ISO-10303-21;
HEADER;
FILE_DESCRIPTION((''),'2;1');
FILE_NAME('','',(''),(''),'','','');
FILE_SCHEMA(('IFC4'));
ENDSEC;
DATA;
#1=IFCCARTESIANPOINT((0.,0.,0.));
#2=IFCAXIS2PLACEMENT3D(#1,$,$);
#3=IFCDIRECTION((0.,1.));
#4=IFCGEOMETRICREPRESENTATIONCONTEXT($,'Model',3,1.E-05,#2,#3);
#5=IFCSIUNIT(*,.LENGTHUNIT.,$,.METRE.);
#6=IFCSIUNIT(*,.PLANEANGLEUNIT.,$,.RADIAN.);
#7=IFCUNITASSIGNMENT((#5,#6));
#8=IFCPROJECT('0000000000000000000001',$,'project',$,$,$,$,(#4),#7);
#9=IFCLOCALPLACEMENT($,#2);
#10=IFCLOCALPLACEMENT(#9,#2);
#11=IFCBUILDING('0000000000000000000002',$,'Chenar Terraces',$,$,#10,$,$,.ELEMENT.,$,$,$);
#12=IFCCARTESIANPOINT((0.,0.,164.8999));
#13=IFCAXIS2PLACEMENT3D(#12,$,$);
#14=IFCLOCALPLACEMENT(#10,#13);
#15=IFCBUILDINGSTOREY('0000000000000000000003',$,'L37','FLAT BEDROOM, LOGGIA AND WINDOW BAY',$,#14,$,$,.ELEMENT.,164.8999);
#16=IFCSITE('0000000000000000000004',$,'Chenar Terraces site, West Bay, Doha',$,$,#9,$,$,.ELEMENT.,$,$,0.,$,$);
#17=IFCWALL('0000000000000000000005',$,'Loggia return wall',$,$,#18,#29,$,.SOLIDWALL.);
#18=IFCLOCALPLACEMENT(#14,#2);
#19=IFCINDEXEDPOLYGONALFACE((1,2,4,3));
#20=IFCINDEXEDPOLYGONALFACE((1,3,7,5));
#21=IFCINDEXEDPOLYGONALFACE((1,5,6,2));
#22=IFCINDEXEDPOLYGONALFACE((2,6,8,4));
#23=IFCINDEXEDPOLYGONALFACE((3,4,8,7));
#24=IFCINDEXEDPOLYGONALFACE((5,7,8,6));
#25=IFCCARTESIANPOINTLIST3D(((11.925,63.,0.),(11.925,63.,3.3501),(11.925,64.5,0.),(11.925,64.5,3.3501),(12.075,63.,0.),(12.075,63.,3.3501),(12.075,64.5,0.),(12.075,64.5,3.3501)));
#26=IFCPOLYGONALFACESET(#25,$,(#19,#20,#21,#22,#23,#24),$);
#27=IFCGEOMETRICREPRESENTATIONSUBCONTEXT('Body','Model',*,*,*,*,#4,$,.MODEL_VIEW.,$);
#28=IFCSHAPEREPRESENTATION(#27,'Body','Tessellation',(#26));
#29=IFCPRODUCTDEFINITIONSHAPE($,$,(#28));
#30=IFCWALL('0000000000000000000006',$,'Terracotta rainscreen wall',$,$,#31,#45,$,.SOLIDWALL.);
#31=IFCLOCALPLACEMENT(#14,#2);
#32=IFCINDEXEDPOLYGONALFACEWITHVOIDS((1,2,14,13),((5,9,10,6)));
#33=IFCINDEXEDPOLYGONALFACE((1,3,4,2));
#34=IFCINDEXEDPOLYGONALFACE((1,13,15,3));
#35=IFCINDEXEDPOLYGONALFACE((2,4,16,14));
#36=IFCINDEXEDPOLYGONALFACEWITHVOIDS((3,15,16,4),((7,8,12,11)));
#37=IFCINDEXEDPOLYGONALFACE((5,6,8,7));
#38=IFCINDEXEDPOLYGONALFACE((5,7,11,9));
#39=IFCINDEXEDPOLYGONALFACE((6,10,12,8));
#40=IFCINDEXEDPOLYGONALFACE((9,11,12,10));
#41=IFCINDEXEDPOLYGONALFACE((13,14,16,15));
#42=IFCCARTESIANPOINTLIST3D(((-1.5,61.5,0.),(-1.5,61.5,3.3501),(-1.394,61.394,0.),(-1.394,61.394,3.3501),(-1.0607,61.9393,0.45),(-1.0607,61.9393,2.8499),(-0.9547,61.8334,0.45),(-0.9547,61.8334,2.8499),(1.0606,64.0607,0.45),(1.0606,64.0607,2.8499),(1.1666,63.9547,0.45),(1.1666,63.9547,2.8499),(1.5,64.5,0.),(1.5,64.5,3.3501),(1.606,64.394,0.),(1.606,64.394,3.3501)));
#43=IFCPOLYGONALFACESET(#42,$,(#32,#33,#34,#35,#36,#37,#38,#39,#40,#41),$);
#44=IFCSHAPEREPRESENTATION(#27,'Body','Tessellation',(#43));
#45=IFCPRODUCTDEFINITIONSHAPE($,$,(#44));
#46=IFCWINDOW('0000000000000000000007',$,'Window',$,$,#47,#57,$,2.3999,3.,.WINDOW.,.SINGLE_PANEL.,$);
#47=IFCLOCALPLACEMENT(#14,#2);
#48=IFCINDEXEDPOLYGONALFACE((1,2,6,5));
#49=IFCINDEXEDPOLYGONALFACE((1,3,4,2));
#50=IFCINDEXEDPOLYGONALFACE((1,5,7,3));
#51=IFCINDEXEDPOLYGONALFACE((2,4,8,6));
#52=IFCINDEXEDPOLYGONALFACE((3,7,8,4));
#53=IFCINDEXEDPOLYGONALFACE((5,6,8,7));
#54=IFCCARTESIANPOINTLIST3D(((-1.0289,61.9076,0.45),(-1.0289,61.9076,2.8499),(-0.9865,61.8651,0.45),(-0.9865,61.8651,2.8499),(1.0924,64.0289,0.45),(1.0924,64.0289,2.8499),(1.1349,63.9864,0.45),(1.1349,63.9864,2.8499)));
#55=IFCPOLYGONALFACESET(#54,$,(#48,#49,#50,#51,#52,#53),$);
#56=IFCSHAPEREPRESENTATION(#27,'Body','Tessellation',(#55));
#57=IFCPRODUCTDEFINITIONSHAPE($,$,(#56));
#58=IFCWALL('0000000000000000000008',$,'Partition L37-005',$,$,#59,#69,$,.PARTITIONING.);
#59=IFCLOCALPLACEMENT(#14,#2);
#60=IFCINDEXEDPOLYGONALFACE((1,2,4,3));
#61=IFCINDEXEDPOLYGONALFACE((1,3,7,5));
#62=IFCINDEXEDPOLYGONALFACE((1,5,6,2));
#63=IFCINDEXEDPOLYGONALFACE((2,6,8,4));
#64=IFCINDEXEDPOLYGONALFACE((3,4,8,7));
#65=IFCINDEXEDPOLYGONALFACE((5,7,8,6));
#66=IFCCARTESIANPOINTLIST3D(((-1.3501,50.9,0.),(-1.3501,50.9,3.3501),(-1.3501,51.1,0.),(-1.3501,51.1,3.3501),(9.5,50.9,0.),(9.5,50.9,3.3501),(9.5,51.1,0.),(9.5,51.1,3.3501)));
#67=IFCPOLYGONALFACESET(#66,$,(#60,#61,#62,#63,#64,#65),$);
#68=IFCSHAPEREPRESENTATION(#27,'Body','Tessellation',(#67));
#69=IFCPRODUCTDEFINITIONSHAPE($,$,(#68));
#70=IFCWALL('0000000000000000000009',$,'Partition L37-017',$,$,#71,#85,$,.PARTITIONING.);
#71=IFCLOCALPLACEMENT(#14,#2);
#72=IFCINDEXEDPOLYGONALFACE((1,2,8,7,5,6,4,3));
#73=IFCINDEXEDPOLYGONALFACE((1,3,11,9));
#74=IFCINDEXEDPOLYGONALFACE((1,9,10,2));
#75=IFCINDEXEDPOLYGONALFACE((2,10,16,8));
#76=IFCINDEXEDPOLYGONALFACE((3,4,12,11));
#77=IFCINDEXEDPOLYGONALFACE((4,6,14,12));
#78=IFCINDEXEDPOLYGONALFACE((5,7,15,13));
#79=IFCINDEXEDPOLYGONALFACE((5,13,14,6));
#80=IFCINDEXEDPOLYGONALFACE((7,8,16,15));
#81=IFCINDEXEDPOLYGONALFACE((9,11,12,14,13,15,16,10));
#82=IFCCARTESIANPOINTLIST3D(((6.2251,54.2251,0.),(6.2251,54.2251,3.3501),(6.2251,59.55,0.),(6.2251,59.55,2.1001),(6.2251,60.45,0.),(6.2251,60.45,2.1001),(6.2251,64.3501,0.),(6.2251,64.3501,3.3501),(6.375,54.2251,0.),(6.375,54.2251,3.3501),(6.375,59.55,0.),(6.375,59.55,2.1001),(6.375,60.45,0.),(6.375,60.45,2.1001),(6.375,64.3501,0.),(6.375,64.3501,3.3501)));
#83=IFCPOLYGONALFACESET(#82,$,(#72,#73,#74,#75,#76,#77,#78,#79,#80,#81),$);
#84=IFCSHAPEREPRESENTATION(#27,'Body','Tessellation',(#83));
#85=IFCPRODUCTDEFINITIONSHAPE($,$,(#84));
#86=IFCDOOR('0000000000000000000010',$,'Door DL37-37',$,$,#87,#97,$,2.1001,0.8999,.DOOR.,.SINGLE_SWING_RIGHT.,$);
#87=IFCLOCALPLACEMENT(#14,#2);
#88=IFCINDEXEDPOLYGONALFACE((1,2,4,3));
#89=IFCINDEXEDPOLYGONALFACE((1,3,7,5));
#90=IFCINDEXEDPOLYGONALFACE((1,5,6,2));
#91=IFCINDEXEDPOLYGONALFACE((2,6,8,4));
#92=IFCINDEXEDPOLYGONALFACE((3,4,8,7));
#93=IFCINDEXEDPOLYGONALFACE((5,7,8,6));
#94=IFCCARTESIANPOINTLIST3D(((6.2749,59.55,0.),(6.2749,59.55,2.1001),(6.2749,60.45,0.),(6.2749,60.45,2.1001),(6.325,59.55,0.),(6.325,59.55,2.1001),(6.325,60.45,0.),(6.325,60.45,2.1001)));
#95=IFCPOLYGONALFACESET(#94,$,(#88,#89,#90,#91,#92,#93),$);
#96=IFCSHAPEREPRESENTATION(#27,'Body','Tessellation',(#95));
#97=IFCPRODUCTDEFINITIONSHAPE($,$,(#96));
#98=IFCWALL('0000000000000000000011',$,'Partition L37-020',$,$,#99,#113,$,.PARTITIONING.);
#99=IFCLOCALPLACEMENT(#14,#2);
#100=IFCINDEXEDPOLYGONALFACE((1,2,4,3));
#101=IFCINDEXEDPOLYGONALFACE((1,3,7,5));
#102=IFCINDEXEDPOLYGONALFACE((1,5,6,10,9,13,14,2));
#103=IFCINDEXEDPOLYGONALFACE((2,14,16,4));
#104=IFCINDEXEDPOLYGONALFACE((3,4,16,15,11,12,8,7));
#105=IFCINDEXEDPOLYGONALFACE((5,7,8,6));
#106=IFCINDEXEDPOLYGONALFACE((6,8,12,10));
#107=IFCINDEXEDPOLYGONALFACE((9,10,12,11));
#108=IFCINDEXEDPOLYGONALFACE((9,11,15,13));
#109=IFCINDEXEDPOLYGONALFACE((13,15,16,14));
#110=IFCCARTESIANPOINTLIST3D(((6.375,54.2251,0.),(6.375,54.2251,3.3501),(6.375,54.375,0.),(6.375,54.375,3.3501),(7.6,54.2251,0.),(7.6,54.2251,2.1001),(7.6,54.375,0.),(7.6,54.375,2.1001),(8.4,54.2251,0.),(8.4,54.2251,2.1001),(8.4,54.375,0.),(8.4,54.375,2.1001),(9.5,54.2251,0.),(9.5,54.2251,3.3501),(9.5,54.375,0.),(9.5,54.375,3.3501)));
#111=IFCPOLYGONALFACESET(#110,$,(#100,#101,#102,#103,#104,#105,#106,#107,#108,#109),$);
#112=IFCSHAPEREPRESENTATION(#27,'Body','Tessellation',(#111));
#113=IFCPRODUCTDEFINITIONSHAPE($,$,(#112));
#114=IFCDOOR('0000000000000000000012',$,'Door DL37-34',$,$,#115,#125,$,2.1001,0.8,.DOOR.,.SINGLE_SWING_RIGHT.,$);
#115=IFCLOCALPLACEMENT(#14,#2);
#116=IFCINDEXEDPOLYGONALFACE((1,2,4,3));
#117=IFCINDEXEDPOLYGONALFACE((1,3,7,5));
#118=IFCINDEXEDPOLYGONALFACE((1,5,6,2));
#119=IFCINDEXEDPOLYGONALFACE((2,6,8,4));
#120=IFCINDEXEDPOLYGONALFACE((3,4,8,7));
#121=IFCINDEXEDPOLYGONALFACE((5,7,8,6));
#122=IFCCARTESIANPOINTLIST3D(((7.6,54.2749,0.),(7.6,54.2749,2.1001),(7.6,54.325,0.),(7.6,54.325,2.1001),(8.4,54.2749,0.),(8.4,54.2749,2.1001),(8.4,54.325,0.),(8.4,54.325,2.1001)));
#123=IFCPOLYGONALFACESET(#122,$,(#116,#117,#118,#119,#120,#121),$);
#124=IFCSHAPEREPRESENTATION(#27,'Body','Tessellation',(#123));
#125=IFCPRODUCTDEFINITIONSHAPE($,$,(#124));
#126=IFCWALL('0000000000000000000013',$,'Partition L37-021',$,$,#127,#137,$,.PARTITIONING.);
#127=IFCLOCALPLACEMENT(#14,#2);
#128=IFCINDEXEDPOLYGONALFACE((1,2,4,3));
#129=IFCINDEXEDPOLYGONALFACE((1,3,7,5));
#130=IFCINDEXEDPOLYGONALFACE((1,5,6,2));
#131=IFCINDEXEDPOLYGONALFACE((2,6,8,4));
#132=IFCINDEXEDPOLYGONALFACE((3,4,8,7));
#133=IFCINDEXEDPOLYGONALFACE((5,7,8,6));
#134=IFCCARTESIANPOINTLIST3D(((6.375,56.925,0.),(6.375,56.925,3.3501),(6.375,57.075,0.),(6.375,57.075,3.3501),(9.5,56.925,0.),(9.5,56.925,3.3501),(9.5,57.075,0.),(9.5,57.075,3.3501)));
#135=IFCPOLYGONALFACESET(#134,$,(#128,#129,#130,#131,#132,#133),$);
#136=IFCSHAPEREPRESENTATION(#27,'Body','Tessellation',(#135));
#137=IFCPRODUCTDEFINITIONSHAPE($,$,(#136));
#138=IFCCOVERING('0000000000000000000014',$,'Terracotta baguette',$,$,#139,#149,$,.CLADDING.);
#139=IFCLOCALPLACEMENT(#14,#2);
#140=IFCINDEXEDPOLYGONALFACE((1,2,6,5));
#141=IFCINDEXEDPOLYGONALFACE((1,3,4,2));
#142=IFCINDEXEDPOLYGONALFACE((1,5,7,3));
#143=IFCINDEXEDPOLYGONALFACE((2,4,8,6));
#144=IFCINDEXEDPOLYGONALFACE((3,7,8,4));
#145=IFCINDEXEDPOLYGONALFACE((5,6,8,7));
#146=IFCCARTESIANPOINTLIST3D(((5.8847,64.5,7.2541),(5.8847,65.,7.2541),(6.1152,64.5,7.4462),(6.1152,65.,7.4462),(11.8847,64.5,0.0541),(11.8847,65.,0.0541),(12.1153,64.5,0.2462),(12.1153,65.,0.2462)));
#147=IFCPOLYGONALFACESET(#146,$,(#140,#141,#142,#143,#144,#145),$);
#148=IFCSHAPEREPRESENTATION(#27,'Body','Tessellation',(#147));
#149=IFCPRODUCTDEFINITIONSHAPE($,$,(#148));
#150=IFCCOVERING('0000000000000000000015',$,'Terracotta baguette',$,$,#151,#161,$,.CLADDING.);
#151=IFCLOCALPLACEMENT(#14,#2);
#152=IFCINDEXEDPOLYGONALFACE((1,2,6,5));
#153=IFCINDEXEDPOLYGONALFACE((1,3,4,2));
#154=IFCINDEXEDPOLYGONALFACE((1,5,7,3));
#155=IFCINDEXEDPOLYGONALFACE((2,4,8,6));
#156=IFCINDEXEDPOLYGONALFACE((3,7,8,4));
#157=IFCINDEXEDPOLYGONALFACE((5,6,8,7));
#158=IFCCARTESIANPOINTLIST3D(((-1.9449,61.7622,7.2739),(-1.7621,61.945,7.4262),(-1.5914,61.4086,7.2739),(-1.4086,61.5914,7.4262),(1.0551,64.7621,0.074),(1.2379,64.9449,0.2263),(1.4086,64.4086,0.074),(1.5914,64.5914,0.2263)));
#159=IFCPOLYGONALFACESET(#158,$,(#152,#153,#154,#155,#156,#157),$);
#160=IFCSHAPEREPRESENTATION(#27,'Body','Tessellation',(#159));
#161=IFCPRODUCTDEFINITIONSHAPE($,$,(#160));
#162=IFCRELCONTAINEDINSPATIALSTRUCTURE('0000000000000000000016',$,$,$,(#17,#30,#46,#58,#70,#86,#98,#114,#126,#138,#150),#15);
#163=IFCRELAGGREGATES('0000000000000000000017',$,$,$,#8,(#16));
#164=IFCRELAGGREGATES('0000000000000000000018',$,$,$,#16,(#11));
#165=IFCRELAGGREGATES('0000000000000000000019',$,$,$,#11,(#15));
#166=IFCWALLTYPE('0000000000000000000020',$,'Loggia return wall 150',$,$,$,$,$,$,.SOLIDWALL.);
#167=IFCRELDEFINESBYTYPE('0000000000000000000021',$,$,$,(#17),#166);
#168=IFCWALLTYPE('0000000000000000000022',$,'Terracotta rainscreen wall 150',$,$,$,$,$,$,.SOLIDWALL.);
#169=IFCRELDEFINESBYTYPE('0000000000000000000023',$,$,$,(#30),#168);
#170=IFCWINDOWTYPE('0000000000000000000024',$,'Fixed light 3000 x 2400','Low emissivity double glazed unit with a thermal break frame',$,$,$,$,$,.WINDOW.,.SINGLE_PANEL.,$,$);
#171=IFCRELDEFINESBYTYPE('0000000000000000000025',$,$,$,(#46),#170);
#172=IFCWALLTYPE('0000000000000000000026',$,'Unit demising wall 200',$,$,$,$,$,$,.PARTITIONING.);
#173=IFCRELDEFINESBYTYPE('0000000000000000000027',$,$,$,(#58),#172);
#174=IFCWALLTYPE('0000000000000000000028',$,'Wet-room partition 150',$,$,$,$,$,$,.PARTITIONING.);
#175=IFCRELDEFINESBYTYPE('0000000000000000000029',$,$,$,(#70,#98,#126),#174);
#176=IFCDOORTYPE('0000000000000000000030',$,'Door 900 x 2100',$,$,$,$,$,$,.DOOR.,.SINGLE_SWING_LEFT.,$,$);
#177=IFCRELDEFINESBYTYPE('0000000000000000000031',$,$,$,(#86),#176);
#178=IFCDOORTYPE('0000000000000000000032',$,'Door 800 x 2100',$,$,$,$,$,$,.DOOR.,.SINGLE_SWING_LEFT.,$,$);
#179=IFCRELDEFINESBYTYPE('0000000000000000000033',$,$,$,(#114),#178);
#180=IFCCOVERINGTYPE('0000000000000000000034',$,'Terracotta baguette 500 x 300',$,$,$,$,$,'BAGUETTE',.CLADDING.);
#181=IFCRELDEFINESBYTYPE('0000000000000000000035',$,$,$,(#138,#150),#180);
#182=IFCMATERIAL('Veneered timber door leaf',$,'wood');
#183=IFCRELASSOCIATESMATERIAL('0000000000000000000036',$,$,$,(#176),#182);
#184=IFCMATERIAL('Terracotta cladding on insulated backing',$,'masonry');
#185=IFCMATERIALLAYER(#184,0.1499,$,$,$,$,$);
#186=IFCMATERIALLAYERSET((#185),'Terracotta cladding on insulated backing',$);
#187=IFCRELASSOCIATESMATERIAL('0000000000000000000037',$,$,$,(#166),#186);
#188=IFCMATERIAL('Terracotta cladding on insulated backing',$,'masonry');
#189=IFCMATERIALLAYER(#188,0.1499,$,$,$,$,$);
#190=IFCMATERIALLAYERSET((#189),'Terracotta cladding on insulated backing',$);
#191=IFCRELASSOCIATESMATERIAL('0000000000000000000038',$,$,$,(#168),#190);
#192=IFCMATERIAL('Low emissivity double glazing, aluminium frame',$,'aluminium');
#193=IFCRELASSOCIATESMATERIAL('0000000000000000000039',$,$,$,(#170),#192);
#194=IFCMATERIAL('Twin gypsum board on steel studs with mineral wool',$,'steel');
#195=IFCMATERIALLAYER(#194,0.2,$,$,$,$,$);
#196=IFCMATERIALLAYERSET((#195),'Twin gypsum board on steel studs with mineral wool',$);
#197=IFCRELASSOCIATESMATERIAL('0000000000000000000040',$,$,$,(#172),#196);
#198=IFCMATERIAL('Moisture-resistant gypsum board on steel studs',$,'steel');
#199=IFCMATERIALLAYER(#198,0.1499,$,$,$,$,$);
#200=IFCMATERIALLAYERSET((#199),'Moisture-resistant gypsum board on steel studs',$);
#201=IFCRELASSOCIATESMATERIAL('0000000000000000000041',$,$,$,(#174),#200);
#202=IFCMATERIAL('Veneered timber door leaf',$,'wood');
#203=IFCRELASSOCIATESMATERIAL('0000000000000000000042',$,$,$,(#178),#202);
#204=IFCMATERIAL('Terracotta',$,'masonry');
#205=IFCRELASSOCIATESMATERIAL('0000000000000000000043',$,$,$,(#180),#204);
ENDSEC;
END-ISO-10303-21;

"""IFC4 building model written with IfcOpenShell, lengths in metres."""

from ifc_helpers import new_model, si_unit, direction, frame, frame_2d, origin, origin_2d, place, context, subcontext, project, spatial, rectangle, extrude, material, layer, layer_set, material_profile, profile_set, type_object, element, fill, save


model = new_model("IFC4")

# Units and contexts
model_context = context("Model", 3, precision=1e-05, world=origin(), true_north=direction((0.0, 1.0)))
body_context = subcontext(model_context, "Body", "Model", "MODEL_VIEW")
ifc_project = project(units=[si_unit("LENGTHUNIT", "METRE"), si_unit("PLANEANGLEUNIT", "RADIAN")], contexts=[model_context])

# Site, building, storey
site_placement = place(None, origin())
site = spatial("IfcSite", under=ifc_project, at=site_placement, Name="Chenar Terraces site, West Bay, Doha", CompositionType="ELEMENT", RefElevation=0.0)
building_placement = place(site_placement, origin())
building = spatial("IfcBuilding", under=site, at=building_placement, Name="Chenar Terraces", CompositionType="ELEMENT")
storey_placement = place(building_placement, frame((0.0, 0.0, 164.8999)))
storey = spatial("IfcBuildingStorey", under=building, at=storey_placement, Name="L37", Description="FLAT BEDROOM, LOGGIA AND WINDOW BAY", CompositionType="ELEMENT", Elevation=164.8999)

# Shared definitions
ifc_material_1 = material(Name="Veneered timber door leaf", Category="wood")
door_type_1 = type_object("IfcDoorType", Name="Door 900 x 2100", OperationType="SINGLE_SWING_LEFT", PredefinedType="DOOR", material=ifc_material_1)

# Wall
ifc_material_2 = material(Name="Terracotta cladding on insulated backing", Category="masonry")
ifc_layer_1 = layer(ifc_material_2, 0.1499)
ifc_layer_set_1 = layer_set([ifc_layer_1], Name="Terracotta cladding on insulated backing")
wall_type_1 = type_object("IfcWallType", Name="Loggia return wall 150", PredefinedType="SOLIDWALL", material=ifc_layer_set_1)
wall_1_placement = place(storey_placement, frame((12.0, 64.5, 0.0), z_axis=(0.0, 0.0, 1.0), x_axis=(0.0, -1.0, 0.0)))
element("IfcWall", 1, at=wall_1_placement, inside=storey, type_object=wall_type_1, Name="Loggia return wall", PredefinedType="SOLIDWALL", context=body_context, shape_type="SweptSolid", body=[
    extrude(rectangle(XDim=1.5, YDim=0.1499, at=frame_2d((0.75, 0.0))), origin(), (0.0, 0.0, 1.0), 3.3501),
])

# Wall, opening, window
ifc_material_3 = material(Name="Terracotta cladding on insulated backing", Category="masonry")
ifc_layer_2 = layer(ifc_material_3, 0.1499)
ifc_layer_set_2 = layer_set([ifc_layer_2], Name="Terracotta cladding on insulated backing")
wall_type_2 = type_object("IfcWallType", Name="Terracotta rainscreen wall 150", PredefinedType="SOLIDWALL", material=ifc_layer_set_2)
wall_2_placement = place(storey_placement, frame((1.553, 64.447, 0.0), z_axis=(0.0, 0.0, 1.0), x_axis=(-0.707107, -0.707107, 0.0)))
wall_2 = element("IfcWall", 2, at=wall_2_placement, inside=storey, type_object=wall_type_2, Name="Terracotta rainscreen wall", PredefinedType="SOLIDWALL", context=body_context, shape_type="SweptSolid", body=[
    extrude(rectangle(XDim=4.2427, YDim=0.1499, at=frame_2d((2.1213, 0.0))), origin(), (0.0, 0.0, 1.0), 3.3501),
])
opening_1_placement = place(wall_2_placement, frame((0.6213, 0.0, 0.45)))
opening_1 = element("IfcOpeningElement", 3, at=opening_1_placement, cuts=wall_2, PredefinedType="OPENING", context=body_context, shape_type="SweptSolid", body=[
    extrude(rectangle(XDim=3.0, YDim=2.3999, at=frame_2d((1.5, 1.2))), frame((0.0, 0.085, 0.0), z_axis=(0.0, -1.0, 0.0), x_axis=(1.0, 0.0, 0.0)), (0.0, 0.0, 1.0), 0.1699),
])
ifc_material_4 = material(Name="Low emissivity double glazing, aluminium frame", Category="aluminium")
window_type_1 = type_object("IfcWindowType", Name="Fixed light 3000 x 2400", Description="Low emissivity double glazed unit with a thermal break frame", PartitioningType="SINGLE_PANEL", PredefinedType="WINDOW", material=ifc_material_4)
window_1_placement = place(opening_1_placement, origin())
window_1 = element("IfcWindow", 4, at=window_1_placement, inside=storey, type_object=window_type_1, Name="Window", OverallHeight=2.3999, OverallWidth=3.0, PartitioningType="SINGLE_PANEL", PredefinedType="WINDOW", context=body_context, shape_type="SweptSolid", body=[
    extrude(rectangle(XDim=3.0, YDim=2.3999, at=frame_2d((1.5, 1.2))), frame((0.0, 0.03, 0.0), z_axis=(0.0, -1.0, 0.0), x_axis=(1.0, 0.0, 0.0)), (0.0, 0.0, 1.0), 0.0601),
])
fill(opening_1, window_1)

# Wall
ifc_material_5 = material(Name="Twin gypsum board on steel studs with mineral wool", Category="steel")
ifc_layer_3 = layer(ifc_material_5, 0.2)
ifc_layer_set_3 = layer_set([ifc_layer_3], Name="Twin gypsum board on steel studs with mineral wool")
wall_type_3 = type_object("IfcWallType", Name="Unit demising wall 200", PredefinedType="PARTITIONING", material=ifc_layer_set_3)
wall_3_placement = place(storey_placement, frame((-1.3501, 51.0, 0.0), z_axis=(0.0, 0.0, 1.0), x_axis=(1.0, 0.0, 0.0)))
element("IfcWall", 5, at=wall_3_placement, inside=storey, type_object=wall_type_3, Name="Partition L37-005", PredefinedType="PARTITIONING", context=body_context, shape_type="SweptSolid", body=[
    extrude(rectangle(XDim=10.8501, YDim=0.2, at=frame_2d((5.425, 0.0))), origin(), (0.0, 0.0, 1.0), 3.3501),
])

# Walls, openings, doors
ifc_material_6 = material(Name="Moisture-resistant gypsum board on steel studs", Category="steel")
ifc_layer_4 = layer(ifc_material_6, 0.1499)
ifc_layer_set_4 = layer_set([ifc_layer_4], Name="Moisture-resistant gypsum board on steel studs")
wall_type_4 = type_object("IfcWallType", Name="Wet-room partition 150", PredefinedType="PARTITIONING", material=ifc_layer_set_4)
wall_4_placement = place(storey_placement, frame((6.3, 54.2251, 0.0), z_axis=(0.0, 0.0, 1.0), x_axis=(0.0, 1.0, 0.0)))
wall_4 = element("IfcWall", 6, at=wall_4_placement, inside=storey, type_object=wall_type_4, Name="Partition L37-017", PredefinedType="PARTITIONING", context=body_context, shape_type="SweptSolid", body=[
    extrude(rectangle(XDim=10.125, YDim=0.1499, at=frame_2d((5.0625, 0.0))), origin(), (0.0, 0.0, 1.0), 3.3501),
])
opening_2_placement = place(wall_4_placement, frame((5.325, 0.0, 0.0)))
opening_2 = element("IfcOpeningElement", 7, at=opening_2_placement, cuts=wall_4, PredefinedType="OPENING", context=body_context, shape_type="SweptSolid", body=[
    extrude(rectangle(XDim=0.8999, YDim=2.1001, at=frame_2d((0.45, 1.05))), frame((0.0, 0.085, 0.0), z_axis=(0.0, -1.0, 0.0), x_axis=(1.0, 0.0, 0.0)), (0.0, 0.0, 1.0), 0.1699),
])
door_1_placement = place(opening_2_placement, frame((0.8999, 0.0, 0.0), z_axis=(0.0, 0.0, 1.0), x_axis=(-1.0, 0.0, 0.0)))
door_1 = element("IfcDoor", 8, at=door_1_placement, inside=storey, type_object=door_type_1, Name="Door DL37-37", OperationType="SINGLE_SWING_RIGHT", OverallHeight=2.1001, OverallWidth=0.8999, PredefinedType="DOOR", context=body_context, shape_type="SweptSolid", body=[
    extrude(rectangle(XDim=0.8999, YDim=2.1001, at=frame_2d((0.45, 1.05))), frame((0.0, 0.0249, 0.0), z_axis=(0.0, -1.0, 0.0), x_axis=(1.0, 0.0, 0.0)), (0.0, 0.0, 1.0), 0.05),
])
fill(opening_2, door_1)
wall_5_placement = place(storey_placement, frame((6.375, 54.3, 0.0), z_axis=(0.0, 0.0, 1.0), x_axis=(1.0, 0.0, 0.0)))
wall_5 = element("IfcWall", 9, at=wall_5_placement, inside=storey, type_object=wall_type_4, Name="Partition L37-020", PredefinedType="PARTITIONING", context=body_context, shape_type="SweptSolid", body=[
    extrude(rectangle(XDim=3.125, YDim=0.1499, at=frame_2d((1.5625, 0.0))), origin(), (0.0, 0.0, 1.0), 3.3501),
])
opening_3_placement = place(wall_5_placement, frame((1.2251, 0.0, 0.0)))
opening_3 = element("IfcOpeningElement", 10, at=opening_3_placement, cuts=wall_5, PredefinedType="OPENING", context=body_context, shape_type="SweptSolid", body=[
    extrude(rectangle(XDim=0.8, YDim=2.1001, at=frame_2d((0.3999, 1.05))), frame((0.0, 0.085, 0.0), z_axis=(0.0, -1.0, 0.0), x_axis=(1.0, 0.0, 0.0)), (0.0, 0.0, 1.0), 0.1699),
])
ifc_material_7 = material(Name="Veneered timber door leaf", Category="wood")
door_type_2 = type_object("IfcDoorType", Name="Door 800 x 2100", OperationType="SINGLE_SWING_LEFT", PredefinedType="DOOR", material=ifc_material_7)
door_2_placement = place(opening_3_placement, origin())
door_2 = element("IfcDoor", 11, at=door_2_placement, inside=storey, type_object=door_type_2, Name="Door DL37-34", OperationType="SINGLE_SWING_RIGHT", OverallHeight=2.1001, OverallWidth=0.8, PredefinedType="DOOR", context=body_context, shape_type="SweptSolid", body=[
    extrude(rectangle(XDim=0.8, YDim=2.1001, at=frame_2d((0.3999, 1.05))), frame((0.0, 0.0249, 0.0), z_axis=(0.0, -1.0, 0.0), x_axis=(1.0, 0.0, 0.0)), (0.0, 0.0, 1.0), 0.05),
])
fill(opening_3, door_2)

# Wall
wall_6_placement = place(storey_placement, frame((6.375, 57.0, 0.0), z_axis=(0.0, 0.0, 1.0), x_axis=(1.0, 0.0, 0.0)))
element("IfcWall", 12, at=wall_6_placement, inside=storey, type_object=wall_type_4, Name="Partition L37-021", PredefinedType="PARTITIONING", context=body_context, shape_type="SweptSolid", body=[
    extrude(rectangle(XDim=3.125, YDim=0.1499, at=frame_2d((1.5625, 0.0))), origin(), (0.0, 0.0, 1.0), 3.3501),
])

# Coverings
ifc_material_8 = material(Name="Terracotta", Category="masonry")
ifc_material_profile_1 = material_profile(ifc_material_8, rectangle(XDim=0.5, YDim=0.3, at=origin_2d()), Name="Terracotta baguette 500 x 300")
ifc_profile_set_1 = profile_set([ifc_material_profile_1], Name="Terracotta")
covering_type = type_object("IfcCoveringType", Name="Terracotta baguette 500 x 300", ElementType="BAGUETTE", PredefinedType="CLADDING", material=ifc_profile_set_1)
covering_1_placement = place(storey_placement, frame((12.0, 64.75, 0.1501), z_axis=(-0.640187, 0.0, 0.768219), x_axis=(0.0, -1.0, 0.0)))
element("IfcCovering", 13, at=covering_1_placement, inside=storey, type_object=covering_type, Name="Terracotta baguette", PredefinedType="CLADDING", context=body_context, shape_type="SweptSolid", body=[
    extrude(rectangle(XDim=0.5, YDim=0.3, at=origin_2d()), origin(), (0.0, 0.0, 1.0), 9.3723),
])
covering_2_placement = place(storey_placement, frame((1.3232, 64.6768, 0.1501), z_axis=(-0.358981, -0.358981, 0.861548), x_axis=(0.707107, -0.707107, 0.0)))
element("IfcCovering", 14, at=covering_2_placement, inside=storey, type_object=covering_type, Name="Terracotta baguette", PredefinedType="CLADDING", context=body_context, shape_type="SweptSolid", body=[
    extrude(rectangle(XDim=0.5, YDim=0.3, at=origin_2d()), origin(), (0.0, 0.0, 1.0), 8.3569),
])

save(model, "model.ifc")
